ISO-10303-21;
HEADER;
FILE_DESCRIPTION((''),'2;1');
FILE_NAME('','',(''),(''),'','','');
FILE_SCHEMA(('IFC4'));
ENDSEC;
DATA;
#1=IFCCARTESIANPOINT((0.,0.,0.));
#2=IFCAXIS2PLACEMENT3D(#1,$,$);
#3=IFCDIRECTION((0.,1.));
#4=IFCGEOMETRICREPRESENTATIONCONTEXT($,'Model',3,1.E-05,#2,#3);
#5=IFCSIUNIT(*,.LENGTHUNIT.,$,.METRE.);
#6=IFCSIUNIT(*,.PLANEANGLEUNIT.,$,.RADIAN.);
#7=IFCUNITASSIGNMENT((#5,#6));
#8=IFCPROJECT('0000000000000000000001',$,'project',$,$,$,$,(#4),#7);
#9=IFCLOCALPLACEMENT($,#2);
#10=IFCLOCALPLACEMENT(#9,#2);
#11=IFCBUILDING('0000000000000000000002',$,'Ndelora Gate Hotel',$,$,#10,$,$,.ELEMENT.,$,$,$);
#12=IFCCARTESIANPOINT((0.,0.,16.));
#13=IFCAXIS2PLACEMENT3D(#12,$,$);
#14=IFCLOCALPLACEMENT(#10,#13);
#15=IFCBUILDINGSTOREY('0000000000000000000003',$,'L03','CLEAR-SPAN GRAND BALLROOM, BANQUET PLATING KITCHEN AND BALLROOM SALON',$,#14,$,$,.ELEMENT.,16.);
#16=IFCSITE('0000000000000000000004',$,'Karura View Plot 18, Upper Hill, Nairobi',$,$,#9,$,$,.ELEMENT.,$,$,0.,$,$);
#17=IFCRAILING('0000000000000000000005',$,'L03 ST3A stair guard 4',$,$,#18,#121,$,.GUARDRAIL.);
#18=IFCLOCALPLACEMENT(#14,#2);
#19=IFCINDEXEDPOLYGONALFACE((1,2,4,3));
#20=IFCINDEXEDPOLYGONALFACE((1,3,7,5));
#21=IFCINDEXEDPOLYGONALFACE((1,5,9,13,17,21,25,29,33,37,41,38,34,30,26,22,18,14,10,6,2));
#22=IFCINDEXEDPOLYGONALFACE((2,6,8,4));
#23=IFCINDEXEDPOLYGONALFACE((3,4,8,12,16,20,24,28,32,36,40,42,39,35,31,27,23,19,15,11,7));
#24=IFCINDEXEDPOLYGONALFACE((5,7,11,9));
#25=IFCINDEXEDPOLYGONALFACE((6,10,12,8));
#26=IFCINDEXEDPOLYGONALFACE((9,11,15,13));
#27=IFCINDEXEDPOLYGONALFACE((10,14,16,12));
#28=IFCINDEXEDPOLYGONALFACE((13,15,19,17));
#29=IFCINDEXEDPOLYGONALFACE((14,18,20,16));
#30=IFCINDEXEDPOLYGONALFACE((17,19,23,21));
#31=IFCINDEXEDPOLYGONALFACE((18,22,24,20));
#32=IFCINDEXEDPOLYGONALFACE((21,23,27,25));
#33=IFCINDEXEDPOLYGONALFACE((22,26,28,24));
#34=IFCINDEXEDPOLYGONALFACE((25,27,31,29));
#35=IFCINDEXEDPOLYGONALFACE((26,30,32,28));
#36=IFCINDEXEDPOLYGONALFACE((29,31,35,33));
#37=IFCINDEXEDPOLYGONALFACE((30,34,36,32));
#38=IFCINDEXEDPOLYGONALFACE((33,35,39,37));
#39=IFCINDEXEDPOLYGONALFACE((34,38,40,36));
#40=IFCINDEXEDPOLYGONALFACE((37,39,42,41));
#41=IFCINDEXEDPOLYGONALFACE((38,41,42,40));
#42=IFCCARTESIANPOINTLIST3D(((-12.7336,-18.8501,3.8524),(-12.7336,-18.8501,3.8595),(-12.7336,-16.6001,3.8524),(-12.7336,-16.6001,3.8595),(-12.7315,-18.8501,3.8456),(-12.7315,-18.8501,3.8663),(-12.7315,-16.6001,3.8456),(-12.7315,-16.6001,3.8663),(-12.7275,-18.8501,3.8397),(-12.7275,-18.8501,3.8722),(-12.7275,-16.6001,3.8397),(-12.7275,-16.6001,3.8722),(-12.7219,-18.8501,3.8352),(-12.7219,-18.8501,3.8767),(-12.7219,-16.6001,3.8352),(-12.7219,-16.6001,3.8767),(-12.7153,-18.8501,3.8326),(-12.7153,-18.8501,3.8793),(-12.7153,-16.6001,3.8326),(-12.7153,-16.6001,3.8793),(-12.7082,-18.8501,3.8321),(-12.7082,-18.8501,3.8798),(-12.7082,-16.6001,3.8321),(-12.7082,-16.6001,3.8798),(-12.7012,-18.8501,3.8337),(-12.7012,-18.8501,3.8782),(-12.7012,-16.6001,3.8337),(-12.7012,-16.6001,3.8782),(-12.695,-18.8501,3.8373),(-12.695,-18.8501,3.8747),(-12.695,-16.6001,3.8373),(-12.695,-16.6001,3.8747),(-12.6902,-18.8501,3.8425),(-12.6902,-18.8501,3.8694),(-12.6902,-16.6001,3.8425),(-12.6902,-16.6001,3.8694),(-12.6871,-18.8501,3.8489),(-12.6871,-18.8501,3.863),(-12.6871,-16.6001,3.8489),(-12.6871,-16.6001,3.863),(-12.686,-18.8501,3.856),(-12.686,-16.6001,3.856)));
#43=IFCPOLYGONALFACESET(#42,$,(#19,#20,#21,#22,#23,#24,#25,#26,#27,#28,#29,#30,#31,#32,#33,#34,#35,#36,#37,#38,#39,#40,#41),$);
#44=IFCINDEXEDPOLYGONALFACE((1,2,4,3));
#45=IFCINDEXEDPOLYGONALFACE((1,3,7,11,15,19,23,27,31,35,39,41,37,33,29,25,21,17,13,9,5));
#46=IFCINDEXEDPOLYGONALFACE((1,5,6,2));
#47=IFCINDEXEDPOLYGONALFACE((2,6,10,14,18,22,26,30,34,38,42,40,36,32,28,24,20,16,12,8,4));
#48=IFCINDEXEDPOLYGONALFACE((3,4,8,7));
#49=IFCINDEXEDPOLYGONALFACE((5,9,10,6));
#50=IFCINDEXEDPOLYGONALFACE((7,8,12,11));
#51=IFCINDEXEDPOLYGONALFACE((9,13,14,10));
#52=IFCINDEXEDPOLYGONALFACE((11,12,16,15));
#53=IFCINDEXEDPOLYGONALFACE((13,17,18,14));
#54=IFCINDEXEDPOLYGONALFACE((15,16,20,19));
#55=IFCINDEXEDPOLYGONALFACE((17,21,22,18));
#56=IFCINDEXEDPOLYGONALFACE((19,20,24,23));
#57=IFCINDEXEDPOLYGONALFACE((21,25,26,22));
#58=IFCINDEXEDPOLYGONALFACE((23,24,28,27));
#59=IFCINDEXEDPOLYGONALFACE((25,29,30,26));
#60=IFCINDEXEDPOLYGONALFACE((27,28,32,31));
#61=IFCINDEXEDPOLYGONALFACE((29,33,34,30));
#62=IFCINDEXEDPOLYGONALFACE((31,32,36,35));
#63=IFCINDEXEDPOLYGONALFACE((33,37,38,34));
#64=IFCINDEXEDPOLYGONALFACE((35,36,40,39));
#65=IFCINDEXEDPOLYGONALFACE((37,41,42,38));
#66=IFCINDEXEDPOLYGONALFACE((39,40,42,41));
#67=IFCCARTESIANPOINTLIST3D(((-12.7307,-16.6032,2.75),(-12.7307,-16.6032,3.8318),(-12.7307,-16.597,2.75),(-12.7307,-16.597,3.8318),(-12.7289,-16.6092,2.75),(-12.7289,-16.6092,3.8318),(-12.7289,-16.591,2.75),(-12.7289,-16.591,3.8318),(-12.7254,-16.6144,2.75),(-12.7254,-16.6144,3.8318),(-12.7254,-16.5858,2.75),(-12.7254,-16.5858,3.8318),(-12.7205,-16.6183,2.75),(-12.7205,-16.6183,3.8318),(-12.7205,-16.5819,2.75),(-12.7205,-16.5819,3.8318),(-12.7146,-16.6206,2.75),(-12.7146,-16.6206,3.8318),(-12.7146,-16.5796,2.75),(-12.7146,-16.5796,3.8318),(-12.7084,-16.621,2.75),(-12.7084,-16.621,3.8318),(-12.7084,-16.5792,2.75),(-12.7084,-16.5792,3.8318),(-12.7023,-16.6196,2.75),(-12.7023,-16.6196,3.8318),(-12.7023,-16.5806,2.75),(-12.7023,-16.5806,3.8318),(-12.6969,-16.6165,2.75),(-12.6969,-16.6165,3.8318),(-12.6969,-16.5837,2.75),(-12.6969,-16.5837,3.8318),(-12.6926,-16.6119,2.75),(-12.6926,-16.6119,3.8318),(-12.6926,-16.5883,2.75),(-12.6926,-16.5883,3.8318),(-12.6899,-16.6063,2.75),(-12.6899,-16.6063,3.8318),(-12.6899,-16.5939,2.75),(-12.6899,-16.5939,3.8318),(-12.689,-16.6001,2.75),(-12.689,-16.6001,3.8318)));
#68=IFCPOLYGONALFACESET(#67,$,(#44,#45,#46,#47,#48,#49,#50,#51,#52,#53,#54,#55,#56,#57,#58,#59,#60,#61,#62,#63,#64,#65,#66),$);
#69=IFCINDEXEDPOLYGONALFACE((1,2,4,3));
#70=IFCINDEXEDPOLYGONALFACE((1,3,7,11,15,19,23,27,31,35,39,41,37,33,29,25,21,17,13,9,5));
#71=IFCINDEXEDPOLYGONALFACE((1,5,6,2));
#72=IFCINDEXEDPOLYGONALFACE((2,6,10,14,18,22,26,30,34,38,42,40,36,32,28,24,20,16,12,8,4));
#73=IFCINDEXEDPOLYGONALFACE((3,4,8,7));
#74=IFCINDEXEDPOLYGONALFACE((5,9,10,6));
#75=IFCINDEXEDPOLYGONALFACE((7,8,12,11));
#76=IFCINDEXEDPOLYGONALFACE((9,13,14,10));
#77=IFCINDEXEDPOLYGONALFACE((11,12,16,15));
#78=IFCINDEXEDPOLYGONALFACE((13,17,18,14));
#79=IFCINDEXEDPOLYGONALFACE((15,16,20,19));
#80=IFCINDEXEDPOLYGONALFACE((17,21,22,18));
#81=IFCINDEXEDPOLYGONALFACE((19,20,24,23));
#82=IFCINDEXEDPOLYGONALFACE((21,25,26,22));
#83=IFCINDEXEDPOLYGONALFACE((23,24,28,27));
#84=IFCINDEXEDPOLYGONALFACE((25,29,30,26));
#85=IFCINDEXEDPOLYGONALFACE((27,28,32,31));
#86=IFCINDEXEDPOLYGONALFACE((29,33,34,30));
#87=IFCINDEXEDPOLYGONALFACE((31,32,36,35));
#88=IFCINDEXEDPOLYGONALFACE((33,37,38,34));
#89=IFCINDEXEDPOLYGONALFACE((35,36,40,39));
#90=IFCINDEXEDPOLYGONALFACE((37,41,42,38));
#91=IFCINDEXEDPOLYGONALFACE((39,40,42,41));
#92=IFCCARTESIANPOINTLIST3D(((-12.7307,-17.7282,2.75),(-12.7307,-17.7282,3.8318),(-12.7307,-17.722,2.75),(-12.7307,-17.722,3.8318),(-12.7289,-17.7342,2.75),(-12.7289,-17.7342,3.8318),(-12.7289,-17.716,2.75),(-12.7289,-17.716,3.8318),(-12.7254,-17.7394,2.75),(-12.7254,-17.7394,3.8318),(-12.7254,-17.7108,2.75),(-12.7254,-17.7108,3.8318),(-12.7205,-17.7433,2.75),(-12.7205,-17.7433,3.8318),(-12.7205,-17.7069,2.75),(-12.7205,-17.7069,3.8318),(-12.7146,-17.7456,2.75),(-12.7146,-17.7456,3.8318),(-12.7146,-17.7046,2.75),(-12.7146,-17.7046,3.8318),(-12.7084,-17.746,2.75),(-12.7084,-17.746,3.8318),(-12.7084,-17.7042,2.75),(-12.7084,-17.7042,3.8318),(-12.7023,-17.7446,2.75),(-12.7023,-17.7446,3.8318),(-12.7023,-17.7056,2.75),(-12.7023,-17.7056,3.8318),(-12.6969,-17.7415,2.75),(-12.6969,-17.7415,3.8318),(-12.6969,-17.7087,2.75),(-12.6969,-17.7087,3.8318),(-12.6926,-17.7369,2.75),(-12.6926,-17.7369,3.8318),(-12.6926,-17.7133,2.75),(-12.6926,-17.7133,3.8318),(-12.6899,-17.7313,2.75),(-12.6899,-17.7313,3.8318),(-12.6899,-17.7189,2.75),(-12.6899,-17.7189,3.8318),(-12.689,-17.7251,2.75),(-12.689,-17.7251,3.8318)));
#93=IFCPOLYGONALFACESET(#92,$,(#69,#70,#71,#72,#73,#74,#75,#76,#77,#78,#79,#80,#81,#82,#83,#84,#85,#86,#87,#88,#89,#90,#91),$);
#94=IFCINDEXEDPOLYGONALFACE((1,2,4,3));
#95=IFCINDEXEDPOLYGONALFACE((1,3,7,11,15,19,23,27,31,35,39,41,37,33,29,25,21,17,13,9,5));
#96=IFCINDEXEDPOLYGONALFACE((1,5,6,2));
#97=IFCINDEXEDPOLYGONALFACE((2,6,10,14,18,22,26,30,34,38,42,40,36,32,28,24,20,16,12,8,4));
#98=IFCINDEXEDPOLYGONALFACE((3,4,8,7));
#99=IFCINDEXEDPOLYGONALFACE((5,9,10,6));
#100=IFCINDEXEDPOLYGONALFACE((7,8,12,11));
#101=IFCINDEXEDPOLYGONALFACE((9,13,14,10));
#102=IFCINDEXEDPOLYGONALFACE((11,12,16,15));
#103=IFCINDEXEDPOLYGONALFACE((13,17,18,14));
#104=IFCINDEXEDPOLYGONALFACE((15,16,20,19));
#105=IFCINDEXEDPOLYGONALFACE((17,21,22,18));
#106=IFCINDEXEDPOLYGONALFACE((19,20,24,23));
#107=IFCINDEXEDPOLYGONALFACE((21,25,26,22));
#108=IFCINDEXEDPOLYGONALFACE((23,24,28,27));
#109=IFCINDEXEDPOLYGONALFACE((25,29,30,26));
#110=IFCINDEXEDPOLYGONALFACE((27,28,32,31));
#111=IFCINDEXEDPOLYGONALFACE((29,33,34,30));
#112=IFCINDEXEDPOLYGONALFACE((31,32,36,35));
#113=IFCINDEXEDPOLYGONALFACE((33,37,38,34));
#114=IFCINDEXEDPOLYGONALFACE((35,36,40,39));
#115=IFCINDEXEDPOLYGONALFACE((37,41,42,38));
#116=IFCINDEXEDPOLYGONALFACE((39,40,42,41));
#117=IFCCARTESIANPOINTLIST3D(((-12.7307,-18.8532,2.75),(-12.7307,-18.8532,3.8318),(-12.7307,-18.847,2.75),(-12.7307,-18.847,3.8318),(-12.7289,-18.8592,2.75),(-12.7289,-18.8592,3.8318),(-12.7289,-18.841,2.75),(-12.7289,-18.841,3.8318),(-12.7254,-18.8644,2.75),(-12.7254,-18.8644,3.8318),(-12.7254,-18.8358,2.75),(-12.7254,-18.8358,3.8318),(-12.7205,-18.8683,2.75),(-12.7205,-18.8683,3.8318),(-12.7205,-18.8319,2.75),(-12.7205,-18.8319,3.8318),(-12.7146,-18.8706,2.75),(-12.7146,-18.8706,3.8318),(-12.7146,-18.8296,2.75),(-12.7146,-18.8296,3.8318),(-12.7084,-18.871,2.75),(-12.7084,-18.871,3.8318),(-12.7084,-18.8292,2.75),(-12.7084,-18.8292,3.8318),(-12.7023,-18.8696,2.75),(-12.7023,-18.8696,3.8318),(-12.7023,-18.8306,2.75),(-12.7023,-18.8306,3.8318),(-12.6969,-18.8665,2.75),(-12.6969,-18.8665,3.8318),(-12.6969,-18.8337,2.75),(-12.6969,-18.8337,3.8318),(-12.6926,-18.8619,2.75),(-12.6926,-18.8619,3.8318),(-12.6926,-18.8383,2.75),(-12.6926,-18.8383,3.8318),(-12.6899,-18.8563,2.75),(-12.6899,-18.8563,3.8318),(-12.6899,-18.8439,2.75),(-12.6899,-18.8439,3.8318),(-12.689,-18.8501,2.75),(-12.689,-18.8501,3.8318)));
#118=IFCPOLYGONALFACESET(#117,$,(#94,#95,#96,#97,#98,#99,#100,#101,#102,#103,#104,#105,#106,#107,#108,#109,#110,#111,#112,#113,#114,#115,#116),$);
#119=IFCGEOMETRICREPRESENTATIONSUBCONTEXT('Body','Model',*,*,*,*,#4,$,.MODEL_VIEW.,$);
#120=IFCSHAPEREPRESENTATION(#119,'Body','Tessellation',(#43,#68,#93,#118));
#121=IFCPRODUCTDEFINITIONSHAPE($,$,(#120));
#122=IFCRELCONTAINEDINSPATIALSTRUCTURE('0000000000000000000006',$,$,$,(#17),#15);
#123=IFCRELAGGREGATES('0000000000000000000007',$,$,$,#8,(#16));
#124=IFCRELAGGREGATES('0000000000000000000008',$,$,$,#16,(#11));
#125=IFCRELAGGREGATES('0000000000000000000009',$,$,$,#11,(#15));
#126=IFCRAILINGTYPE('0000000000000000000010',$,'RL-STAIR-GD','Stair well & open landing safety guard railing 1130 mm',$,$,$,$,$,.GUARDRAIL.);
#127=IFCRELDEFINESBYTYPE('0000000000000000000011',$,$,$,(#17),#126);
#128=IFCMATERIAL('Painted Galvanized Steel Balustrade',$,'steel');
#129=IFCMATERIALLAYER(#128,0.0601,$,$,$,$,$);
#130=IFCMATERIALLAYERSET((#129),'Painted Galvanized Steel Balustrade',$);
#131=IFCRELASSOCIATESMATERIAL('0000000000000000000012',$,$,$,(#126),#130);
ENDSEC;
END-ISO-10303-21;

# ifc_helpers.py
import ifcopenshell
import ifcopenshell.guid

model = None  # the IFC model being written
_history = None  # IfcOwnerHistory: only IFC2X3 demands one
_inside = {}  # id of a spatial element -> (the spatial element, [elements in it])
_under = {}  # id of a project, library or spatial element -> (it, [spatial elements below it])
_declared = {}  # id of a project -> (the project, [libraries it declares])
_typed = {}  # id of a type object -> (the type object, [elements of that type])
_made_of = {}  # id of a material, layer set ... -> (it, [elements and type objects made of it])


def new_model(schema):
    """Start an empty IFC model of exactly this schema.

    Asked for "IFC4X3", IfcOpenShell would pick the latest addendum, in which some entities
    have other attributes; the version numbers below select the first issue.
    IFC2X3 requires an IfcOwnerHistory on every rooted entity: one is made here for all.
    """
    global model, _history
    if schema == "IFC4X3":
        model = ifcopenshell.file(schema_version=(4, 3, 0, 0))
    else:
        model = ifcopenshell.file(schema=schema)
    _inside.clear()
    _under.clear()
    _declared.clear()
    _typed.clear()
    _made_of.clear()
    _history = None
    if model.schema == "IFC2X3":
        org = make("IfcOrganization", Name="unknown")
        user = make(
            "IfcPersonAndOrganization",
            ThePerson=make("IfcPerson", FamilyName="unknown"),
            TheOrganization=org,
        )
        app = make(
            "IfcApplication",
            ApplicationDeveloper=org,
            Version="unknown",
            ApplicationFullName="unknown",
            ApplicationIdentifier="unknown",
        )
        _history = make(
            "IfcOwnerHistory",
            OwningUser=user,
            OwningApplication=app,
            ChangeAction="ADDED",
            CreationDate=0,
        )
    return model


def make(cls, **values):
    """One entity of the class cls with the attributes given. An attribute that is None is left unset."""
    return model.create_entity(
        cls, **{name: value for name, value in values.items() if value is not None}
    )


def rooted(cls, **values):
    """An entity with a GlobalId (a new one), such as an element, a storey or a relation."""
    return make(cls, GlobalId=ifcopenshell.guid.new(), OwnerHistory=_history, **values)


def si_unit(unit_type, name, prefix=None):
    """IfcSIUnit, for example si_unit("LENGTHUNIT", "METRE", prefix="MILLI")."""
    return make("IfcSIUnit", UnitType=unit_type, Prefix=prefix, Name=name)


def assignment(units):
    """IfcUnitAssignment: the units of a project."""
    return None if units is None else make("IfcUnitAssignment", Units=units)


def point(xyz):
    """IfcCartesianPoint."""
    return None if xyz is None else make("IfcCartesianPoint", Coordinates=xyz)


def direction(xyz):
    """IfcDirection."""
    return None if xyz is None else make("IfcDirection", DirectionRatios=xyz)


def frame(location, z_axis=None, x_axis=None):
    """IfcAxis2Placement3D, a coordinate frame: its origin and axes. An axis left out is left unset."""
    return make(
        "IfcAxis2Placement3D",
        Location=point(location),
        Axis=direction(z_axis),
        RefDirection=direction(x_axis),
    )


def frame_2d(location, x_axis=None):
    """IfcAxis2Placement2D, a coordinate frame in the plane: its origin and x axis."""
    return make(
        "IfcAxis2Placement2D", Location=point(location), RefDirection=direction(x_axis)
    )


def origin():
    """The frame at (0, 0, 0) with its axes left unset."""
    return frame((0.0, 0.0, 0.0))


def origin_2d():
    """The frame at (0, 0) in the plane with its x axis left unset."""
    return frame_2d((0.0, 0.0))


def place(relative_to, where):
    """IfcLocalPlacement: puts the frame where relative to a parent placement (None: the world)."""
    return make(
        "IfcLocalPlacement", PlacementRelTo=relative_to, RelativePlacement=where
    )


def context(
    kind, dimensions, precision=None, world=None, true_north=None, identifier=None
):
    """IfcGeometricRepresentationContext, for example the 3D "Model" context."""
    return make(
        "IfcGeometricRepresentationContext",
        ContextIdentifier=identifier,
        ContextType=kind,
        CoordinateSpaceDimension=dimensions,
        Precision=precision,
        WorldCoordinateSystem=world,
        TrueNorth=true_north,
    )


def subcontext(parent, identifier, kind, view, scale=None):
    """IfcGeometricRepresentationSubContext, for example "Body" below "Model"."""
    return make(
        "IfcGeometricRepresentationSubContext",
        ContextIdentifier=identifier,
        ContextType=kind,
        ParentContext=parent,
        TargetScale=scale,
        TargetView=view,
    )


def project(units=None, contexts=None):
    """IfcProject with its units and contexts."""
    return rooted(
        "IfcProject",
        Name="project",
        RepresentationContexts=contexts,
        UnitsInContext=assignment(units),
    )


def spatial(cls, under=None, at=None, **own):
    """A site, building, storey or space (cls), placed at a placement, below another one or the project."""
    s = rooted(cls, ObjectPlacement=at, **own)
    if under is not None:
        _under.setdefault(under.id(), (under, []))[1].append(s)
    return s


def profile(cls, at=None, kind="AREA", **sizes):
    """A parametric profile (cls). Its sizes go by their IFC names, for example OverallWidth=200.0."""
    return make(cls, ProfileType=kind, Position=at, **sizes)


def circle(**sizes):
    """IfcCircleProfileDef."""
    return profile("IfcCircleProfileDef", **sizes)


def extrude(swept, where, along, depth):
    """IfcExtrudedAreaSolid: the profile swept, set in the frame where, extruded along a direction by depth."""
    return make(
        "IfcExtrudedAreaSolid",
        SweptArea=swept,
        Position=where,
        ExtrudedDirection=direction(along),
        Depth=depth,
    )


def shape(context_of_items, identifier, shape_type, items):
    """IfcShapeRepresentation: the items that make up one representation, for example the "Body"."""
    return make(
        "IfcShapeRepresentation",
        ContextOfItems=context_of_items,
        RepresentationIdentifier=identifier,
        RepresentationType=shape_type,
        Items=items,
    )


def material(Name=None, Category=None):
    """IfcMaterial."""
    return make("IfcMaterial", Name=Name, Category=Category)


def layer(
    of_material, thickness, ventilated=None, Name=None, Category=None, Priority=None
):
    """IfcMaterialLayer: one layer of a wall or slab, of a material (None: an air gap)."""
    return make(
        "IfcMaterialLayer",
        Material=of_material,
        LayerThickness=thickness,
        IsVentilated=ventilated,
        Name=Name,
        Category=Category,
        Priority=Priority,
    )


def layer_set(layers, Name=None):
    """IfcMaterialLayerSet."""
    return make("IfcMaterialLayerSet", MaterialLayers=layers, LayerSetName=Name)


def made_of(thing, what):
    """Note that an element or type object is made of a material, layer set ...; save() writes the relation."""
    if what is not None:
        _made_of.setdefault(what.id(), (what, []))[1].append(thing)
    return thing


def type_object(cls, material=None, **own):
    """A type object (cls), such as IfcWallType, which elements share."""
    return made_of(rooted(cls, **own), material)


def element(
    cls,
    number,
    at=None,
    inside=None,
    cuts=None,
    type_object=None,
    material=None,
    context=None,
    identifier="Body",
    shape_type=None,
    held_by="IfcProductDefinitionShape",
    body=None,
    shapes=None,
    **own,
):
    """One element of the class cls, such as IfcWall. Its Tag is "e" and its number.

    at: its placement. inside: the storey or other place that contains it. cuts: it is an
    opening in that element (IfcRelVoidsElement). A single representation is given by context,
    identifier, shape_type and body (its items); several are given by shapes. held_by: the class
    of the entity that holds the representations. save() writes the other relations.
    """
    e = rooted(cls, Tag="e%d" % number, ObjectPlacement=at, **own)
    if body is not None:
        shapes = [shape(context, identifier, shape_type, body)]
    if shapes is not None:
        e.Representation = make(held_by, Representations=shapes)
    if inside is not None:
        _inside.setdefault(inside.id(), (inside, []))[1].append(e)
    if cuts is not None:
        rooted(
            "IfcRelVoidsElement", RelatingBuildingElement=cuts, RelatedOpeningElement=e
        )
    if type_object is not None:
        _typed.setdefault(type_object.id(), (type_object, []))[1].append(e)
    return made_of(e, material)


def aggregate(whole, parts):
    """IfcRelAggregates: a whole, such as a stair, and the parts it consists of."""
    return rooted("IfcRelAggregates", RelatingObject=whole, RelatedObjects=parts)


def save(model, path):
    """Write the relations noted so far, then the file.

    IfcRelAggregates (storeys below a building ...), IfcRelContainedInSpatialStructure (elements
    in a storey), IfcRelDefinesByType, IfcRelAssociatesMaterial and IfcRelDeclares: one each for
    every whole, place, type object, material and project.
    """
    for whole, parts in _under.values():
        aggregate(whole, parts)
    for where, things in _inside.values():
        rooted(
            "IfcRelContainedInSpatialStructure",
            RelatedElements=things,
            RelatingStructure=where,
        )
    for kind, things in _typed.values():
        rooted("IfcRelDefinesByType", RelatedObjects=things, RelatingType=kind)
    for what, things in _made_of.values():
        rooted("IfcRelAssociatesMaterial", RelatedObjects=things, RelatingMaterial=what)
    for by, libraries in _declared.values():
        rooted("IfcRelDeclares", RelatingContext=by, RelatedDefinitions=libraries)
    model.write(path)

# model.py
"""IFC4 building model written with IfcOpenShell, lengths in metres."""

from ifc_helpers import new_model, si_unit, direction, frame, origin, origin_2d, place, context, subcontext, project, spatial, circle, extrude, material, layer, layer_set, type_object, element, save


model = new_model("IFC4")

# Units and contexts
model_context = context("Model", 3, precision=1e-05, world=origin(), true_north=direction((0.0, 1.0)))
body_context = subcontext(model_context, "Body", "Model", "MODEL_VIEW")
ifc_project = project(units=[si_unit("LENGTHUNIT", "METRE"), si_unit("PLANEANGLEUNIT", "RADIAN")], contexts=[model_context])

# Site, building, storey
site_placement = place(None, origin())
site = spatial("IfcSite", under=ifc_project, at=site_placement, Name="Karura View Plot 18, Upper Hill, Nairobi", CompositionType="ELEMENT", RefElevation=0.0)
building_placement = place(site_placement, origin())
building = spatial("IfcBuilding", under=site, at=building_placement, Name="Ndelora Gate Hotel", CompositionType="ELEMENT")
storey_placement = place(building_placement, frame((0.0, 0.0, 16.0)))
storey = spatial("IfcBuildingStorey", under=building, at=storey_placement, Name="L03", Description="CLEAR-SPAN GRAND BALLROOM, BANQUET PLATING KITCHEN AND BALLROOM SALON", CompositionType="ELEMENT", Elevation=16.0)

# Railing
ifc_material_1 = material(Name="Painted Galvanized Steel Balustrade", Category="steel")
ifc_layer_1 = layer(ifc_material_1, 0.0601)
ifc_layer_set_1 = layer_set([ifc_layer_1], Name="Painted Galvanized Steel Balustrade")
railing_type_1 = type_object("IfcRailingType", Name="RL-STAIR-GD", Description="Stair well & open landing safety guard railing 1130 mm", PredefinedType="GUARDRAIL", material=ifc_layer_set_1)
railing_1_placement = place(storey_placement, frame((-12.71, -16.6001, 2.75)))
element("IfcRailing", 1, at=railing_1_placement, inside=storey, type_object=railing_type_1, Name="L03 ST3A stair guard 4", PredefinedType="GUARDRAIL", context=body_context, shape_type="SweptSolid", body=[
    extrude(circle(Radius=0.0239, at=origin_2d()), frame((0.0, 0.0, 1.106), z_axis=(0.0, -1.0, 0.0), x_axis=(1.0, 0.0, 0.0)), (0.0, 0.0, 1.0), 2.25),
    extrude(circle(Radius=0.021, at=origin_2d()), origin(), (0.0, 0.0, 1.0), 1.0818),
    extrude(circle(Radius=0.021, at=origin_2d()), frame((0.0, -1.125, 0.0)), (0.0, 0.0, 1.0), 1.0818),
    extrude(circle(Radius=0.021, at=origin_2d()), frame((0.0, -2.25, 0.0)), (0.0, 0.0, 1.0), 1.0818),
])

save(model, "model.ifc")
